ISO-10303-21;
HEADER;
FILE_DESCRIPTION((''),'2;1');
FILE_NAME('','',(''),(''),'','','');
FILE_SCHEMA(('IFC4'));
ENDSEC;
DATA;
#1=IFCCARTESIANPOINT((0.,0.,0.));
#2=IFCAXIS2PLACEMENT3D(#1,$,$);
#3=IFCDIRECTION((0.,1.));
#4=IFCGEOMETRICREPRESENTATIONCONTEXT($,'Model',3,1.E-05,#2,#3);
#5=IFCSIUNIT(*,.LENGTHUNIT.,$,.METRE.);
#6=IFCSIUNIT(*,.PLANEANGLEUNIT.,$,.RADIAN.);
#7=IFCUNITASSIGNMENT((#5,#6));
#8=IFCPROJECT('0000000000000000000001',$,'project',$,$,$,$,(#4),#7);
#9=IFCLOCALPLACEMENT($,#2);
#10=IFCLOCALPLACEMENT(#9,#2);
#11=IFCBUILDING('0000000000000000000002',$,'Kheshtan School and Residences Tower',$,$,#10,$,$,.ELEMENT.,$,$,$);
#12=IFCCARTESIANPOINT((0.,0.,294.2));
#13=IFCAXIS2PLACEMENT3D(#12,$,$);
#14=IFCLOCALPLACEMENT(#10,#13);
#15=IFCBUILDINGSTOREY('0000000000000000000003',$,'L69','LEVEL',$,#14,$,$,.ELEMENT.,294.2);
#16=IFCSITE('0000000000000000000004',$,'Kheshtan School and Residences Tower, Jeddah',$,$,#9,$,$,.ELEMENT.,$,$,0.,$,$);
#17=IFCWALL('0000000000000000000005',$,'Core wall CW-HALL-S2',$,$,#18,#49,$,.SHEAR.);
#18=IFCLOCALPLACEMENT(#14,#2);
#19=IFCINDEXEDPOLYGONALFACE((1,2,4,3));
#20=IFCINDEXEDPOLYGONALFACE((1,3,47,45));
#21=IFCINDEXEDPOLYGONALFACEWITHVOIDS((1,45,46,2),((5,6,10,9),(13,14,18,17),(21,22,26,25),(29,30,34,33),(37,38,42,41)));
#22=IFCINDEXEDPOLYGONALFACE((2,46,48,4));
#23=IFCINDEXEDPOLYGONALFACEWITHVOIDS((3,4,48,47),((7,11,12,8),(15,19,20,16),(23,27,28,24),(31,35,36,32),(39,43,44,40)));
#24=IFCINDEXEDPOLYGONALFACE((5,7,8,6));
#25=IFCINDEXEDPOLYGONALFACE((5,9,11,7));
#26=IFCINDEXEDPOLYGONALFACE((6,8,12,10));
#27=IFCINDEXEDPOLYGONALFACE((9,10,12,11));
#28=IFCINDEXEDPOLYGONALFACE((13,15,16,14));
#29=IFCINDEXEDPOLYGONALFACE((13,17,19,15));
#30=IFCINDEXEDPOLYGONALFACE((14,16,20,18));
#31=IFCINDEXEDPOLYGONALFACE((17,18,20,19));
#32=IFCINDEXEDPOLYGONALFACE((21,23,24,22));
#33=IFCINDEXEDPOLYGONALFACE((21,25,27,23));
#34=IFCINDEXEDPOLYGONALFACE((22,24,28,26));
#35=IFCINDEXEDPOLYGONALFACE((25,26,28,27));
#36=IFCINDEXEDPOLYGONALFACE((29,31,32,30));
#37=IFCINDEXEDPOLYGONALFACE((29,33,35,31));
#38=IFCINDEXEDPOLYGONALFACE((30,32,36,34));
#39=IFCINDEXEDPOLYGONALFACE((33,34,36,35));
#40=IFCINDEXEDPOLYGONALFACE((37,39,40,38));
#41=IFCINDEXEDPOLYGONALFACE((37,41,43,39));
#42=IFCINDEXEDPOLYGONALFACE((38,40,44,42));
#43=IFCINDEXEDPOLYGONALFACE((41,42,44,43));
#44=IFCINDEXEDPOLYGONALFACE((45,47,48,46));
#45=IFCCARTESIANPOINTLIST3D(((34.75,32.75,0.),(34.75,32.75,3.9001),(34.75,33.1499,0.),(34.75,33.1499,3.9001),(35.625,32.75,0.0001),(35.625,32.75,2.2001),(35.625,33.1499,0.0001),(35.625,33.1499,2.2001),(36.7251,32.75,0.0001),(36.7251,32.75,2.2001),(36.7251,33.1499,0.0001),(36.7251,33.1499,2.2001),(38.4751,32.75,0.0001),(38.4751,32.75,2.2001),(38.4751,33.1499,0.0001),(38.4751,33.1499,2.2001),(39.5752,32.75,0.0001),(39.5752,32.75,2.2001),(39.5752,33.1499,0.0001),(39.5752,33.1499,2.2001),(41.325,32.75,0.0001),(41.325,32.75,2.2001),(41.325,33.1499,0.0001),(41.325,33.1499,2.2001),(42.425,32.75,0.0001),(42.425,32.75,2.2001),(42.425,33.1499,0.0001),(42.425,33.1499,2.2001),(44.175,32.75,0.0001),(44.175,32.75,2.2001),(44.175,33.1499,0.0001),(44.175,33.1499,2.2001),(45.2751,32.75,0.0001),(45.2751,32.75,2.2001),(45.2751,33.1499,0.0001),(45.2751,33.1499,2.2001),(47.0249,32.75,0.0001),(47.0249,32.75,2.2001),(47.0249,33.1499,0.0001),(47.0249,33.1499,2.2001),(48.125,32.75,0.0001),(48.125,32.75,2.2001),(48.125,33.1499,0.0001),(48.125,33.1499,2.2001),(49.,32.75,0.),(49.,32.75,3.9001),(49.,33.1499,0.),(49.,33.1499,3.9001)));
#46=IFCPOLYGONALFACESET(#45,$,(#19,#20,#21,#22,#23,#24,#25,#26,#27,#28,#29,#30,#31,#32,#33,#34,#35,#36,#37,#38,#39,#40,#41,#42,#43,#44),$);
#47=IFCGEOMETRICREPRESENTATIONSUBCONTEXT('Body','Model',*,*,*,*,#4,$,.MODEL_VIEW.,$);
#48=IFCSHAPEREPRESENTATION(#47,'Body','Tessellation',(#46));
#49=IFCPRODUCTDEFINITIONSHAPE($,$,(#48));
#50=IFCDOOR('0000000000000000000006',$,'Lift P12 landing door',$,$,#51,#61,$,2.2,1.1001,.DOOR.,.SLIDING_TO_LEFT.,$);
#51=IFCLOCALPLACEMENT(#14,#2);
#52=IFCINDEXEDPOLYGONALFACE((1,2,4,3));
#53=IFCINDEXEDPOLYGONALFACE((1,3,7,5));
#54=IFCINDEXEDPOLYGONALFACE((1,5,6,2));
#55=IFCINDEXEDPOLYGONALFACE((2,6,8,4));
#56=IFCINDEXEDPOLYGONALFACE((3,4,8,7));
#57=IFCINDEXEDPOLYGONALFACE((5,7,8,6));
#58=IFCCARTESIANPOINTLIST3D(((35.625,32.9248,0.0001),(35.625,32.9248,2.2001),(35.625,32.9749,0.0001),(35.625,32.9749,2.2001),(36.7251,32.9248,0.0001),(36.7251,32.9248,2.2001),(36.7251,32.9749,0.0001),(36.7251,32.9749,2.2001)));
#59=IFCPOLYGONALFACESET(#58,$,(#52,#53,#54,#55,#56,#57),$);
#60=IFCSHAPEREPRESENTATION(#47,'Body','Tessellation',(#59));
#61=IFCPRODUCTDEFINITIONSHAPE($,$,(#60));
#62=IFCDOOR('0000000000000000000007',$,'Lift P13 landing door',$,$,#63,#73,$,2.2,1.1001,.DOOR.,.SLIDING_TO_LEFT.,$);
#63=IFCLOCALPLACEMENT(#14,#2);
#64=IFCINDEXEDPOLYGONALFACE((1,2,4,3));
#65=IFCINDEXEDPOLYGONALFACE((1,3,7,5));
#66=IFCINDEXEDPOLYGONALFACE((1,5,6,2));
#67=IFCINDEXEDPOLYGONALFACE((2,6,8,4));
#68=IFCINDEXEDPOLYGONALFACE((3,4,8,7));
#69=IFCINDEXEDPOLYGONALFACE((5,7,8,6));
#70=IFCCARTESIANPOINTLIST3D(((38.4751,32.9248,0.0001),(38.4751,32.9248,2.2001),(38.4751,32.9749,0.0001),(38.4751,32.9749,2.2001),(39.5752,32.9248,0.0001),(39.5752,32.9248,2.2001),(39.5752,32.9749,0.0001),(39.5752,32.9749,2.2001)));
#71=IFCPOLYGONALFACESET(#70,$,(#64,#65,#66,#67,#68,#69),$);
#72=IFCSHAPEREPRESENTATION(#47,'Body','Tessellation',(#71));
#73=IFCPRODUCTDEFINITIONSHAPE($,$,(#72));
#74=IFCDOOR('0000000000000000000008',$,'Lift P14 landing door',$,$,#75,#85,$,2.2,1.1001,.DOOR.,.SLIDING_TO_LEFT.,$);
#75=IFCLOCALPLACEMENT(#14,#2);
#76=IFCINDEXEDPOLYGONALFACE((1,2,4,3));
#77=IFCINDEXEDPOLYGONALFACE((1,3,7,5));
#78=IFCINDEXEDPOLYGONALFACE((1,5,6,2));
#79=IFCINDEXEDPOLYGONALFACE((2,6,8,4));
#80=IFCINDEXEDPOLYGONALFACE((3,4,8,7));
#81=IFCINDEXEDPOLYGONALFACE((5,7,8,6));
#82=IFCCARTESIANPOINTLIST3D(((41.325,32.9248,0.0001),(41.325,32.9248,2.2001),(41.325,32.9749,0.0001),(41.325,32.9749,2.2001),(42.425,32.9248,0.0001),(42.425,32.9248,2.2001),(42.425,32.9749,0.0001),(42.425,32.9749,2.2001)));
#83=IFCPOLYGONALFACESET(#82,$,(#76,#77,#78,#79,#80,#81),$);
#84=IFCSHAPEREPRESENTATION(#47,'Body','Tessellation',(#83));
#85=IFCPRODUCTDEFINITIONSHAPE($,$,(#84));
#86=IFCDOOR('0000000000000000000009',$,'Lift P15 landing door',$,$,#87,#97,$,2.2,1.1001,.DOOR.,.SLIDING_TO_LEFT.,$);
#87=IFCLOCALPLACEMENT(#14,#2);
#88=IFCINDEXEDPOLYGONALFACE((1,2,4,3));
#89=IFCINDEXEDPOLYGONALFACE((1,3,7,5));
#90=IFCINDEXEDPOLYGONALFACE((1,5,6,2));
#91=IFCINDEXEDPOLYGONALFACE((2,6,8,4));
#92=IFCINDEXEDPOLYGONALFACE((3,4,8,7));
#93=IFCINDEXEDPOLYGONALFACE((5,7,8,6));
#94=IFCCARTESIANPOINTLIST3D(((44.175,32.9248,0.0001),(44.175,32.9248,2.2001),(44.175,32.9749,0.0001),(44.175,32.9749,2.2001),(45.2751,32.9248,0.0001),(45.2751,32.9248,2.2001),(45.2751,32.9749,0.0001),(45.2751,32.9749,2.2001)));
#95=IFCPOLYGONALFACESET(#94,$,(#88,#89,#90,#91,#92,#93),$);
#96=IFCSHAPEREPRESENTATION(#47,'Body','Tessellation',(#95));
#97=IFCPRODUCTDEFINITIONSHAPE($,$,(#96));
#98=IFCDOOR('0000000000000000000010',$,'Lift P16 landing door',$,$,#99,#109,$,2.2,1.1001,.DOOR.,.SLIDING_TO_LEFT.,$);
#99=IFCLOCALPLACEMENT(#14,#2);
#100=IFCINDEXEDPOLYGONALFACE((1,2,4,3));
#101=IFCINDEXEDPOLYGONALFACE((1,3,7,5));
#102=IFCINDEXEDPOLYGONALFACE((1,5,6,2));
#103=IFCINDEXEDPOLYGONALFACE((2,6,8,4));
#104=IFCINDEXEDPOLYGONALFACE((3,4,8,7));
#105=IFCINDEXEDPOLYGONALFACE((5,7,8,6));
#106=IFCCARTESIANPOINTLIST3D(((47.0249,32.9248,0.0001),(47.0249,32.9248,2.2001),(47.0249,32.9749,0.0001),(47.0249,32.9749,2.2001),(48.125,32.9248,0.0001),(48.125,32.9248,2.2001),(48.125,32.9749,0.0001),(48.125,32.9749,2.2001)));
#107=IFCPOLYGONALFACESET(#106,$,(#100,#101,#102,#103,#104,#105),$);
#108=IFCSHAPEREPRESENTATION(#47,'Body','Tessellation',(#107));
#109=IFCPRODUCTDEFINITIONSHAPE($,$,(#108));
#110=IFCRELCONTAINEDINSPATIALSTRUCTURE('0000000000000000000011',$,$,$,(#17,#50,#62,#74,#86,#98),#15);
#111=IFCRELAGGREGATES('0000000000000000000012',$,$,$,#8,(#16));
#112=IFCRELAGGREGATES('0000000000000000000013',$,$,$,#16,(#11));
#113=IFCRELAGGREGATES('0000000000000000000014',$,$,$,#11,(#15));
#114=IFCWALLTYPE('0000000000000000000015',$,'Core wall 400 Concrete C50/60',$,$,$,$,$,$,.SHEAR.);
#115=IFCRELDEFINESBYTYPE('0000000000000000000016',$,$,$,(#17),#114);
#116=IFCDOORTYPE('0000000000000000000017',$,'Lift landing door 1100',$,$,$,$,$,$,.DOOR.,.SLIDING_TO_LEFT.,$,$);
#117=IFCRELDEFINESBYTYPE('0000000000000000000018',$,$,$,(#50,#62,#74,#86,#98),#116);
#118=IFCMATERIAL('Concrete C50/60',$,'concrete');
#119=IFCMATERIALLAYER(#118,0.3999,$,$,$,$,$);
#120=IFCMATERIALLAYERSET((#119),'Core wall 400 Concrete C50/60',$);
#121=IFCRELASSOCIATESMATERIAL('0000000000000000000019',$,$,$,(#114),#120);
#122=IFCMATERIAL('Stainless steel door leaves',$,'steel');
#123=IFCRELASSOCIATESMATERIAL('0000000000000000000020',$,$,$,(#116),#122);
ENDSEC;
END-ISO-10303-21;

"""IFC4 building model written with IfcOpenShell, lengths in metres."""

from ifc_helpers import new_model, si_unit, direction, frame, frame_2d, origin, place, context, subcontext, project, spatial, rectangle, extrude, source, transform, mapped, material, layer, layer_set, type_object, element, fill, save


model = new_model("IFC4")

# Units and contexts
model_context = context("Model", 3, precision=1e-05, world=origin(), true_north=direction((0.0, 1.0)))
body_context = subcontext(model_context, "Body", "Model", "MODEL_VIEW")
ifc_project = project(units=[si_unit("LENGTHUNIT", "METRE"), si_unit("PLANEANGLEUNIT", "RADIAN")], contexts=[model_context])

# Site, building, storey
site_placement = place(None, origin())
site = spatial("IfcSite", under=ifc_project, at=site_placement, Name="Kheshtan School and Residences Tower, Jeddah", CompositionType="ELEMENT", RefElevation=0.0)
building_placement = place(site_placement, origin())
building = spatial("IfcBuilding", under=site, at=building_placement, Name="Kheshtan School and Residences Tower", CompositionType="ELEMENT")
storey_placement = place(building_placement, frame((0.0, 0.0, 294.2)))
storey = spatial("IfcBuildingStorey", under=building, at=storey_placement, Name="L69", Description="LEVEL", CompositionType="ELEMENT", Elevation=294.2)

# Wall, openings, doors
ifc_material_1 = material(Name="Concrete C50/60", Category="concrete")
ifc_layer_1 = layer(ifc_material_1, 0.3999)
ifc_layer_set_1 = layer_set([ifc_layer_1], Name="Core wall 400 Concrete C50/60")
wall_type_1 = type_object("IfcWallType", Name="Core wall 400 Concrete C50/60", PredefinedType="SHEAR", material=ifc_layer_set_1)
ifc_material_2 = material(Name="Stainless steel door leaves", Category="steel")
door_type_1 = type_object("IfcDoorType", Name="Lift landing door 1100", OperationType="SLIDING_TO_LEFT", PredefinedType="DOOR", material=ifc_material_2)
shared_shape_1 = source(origin(), body_context, "Body", "SweptSolid", [
    extrude(rectangle(XDim=1.1001, YDim=2.2, at=frame_2d((0.55, 1.1001))), frame((0.0, 0.0249, 0.0), z_axis=(0.0, -1.0, 0.0), x_axis=(1.0, 0.0, 0.0)), (0.0, 0.0, 1.0), 0.05),
])
wall_1_placement = place(storey_placement, frame((34.75, 32.95, 0.0), z_axis=(0.0, 0.0, 1.0), x_axis=(1.0, 0.0, 0.0)))
wall_1 = element("IfcWall", 1, at=wall_1_placement, inside=storey, type_object=wall_type_1, Name="Core wall CW-HALL-S2", PredefinedType="SHEAR", context=body_context, shape_type="SweptSolid", body=[
    extrude(rectangle(XDim=14.25, YDim=0.3999, at=frame_2d((7.125, 0.0))), origin(), (0.0, 0.0, 1.0), 3.9001),
])
opening_1_placement = place(wall_1_placement, frame((0.875, 0.0, 0.0)))
opening_1 = element("IfcOpeningElement", 2, at=opening_1_placement, cuts=wall_1, PredefinedType="OPENING", context=body_context, shape_type="SweptSolid", body=[
    extrude(rectangle(XDim=1.1001, YDim=2.2, at=frame_2d((0.55, 1.1001))), frame((0.0, 0.21, 0.0), z_axis=(0.0, -1.0, 0.0), x_axis=(1.0, 0.0, 0.0)), (0.0, 0.0, 1.0), 0.4199),
])
opening_2_placement = place(wall_1_placement, frame((3.7251, 0.0, 0.0)))
opening_2 = element("IfcOpeningElement", 3, at=opening_2_placement, cuts=wall_1, PredefinedType="OPENING", context=body_context, shape_type="SweptSolid", body=[
    extrude(rectangle(XDim=1.1001, YDim=2.2, at=frame_2d((0.55, 1.1001))), frame((0.0, 0.21, 0.0), z_axis=(0.0, -1.0, 0.0), x_axis=(1.0, 0.0, 0.0)), (0.0, 0.0, 1.0), 0.4199),
])
opening_3_placement = place(wall_1_placement, frame((6.575, 0.0, 0.0)))
opening_3 = element("IfcOpeningElement", 4, at=opening_3_placement, cuts=wall_1, PredefinedType="OPENING", context=body_context, shape_type="SweptSolid", body=[
    extrude(rectangle(XDim=1.1001, YDim=2.2, at=frame_2d((0.55, 1.1001))), frame((0.0, 0.21, 0.0), z_axis=(0.0, -1.0, 0.0), x_axis=(1.0, 0.0, 0.0)), (0.0, 0.0, 1.0), 0.4199),
])
opening_4_placement = place(wall_1_placement, frame((9.425, 0.0, 0.0)))
opening_4 = element("IfcOpeningElement", 5, at=opening_4_placement, cuts=wall_1, PredefinedType="OPENING", context=body_context, shape_type="SweptSolid", body=[
    extrude(rectangle(XDim=1.1001, YDim=2.2, at=frame_2d((0.55, 1.1001))), frame((0.0, 0.21, 0.0), z_axis=(0.0, -1.0, 0.0), x_axis=(1.0, 0.0, 0.0)), (0.0, 0.0, 1.0), 0.4199),
])
opening_5_placement = place(wall_1_placement, frame((12.2749, 0.0, 0.0)))
opening_5 = element("IfcOpeningElement", 6, at=opening_5_placement, cuts=wall_1, PredefinedType="OPENING", context=body_context, shape_type="SweptSolid", body=[
    extrude(rectangle(XDim=1.1001, YDim=2.2, at=frame_2d((0.55, 1.1001))), frame((0.0, 0.21, 0.0), z_axis=(0.0, -1.0, 0.0), x_axis=(1.0, 0.0, 0.0)), (0.0, 0.0, 1.0), 0.4199),
])
door_1_placement = place(opening_1_placement, origin())
door_1 = element("IfcDoor", 7, at=door_1_placement, inside=storey, type_object=door_type_1, Name="Lift P12 landing door", OperationType="SLIDING_TO_LEFT", OverallHeight=2.2, OverallWidth=1.1001, PredefinedType="DOOR", context=body_context, shape_type="MappedRepresentation", body=[
    mapped(shared_shape_1, transform((0.0, 0.0, 0.0), x_axis=(1.0, 0.0, 0.0), y_axis=(0.0, 1.0, 0.0), z_axis=(0.0, 0.0, 1.0), scale=1.0)),
])
fill(opening_1, door_1)
door_2_placement = place(opening_2_placement, origin())
door_2 = element("IfcDoor", 8, at=door_2_placement, inside=storey, type_object=door_type_1, Name="Lift P13 landing door", OperationType="SLIDING_TO_LEFT", OverallHeight=2.2, OverallWidth=1.1001, PredefinedType="DOOR", context=body_context, shape_type="MappedRepresentation", body=[
    mapped(shared_shape_1, transform((0.0, 0.0, 0.0), x_axis=(1.0, 0.0, 0.0), y_axis=(0.0, 1.0, 0.0), z_axis=(0.0, 0.0, 1.0), scale=1.0)),
])
fill(opening_2, door_2)
door_3_placement = place(opening_3_placement, origin())
door_3 = element("IfcDoor", 9, at=door_3_placement, inside=storey, type_object=door_type_1, Name="Lift P14 landing door", OperationType="SLIDING_TO_LEFT", OverallHeight=2.2, OverallWidth=1.1001, PredefinedType="DOOR", context=body_context, shape_type="MappedRepresentation", body=[
    mapped(shared_shape_1, transform((0.0, 0.0, 0.0), x_axis=(1.0, 0.0, 0.0), y_axis=(0.0, 1.0, 0.0), z_axis=(0.0, 0.0, 1.0), scale=1.0)),
])
fill(opening_3, door_3)
door_4_placement = place(opening_4_placement, origin())
door_4 = element("IfcDoor", 10, at=door_4_placement, inside=storey, type_object=door_type_1, Name="Lift P15 landing door", OperationType="SLIDING_TO_LEFT", OverallHeight=2.2, OverallWidth=1.1001, PredefinedType="DOOR", context=body_context, shape_type="MappedRepresentation", body=[
    mapped(shared_shape_1, transform((0.0, 0.0, 0.0), x_axis=(1.0, 0.0, 0.0), y_axis=(0.0, 1.0, 0.0), z_axis=(0.0, 0.0, 1.0), scale=1.0)),
])
fill(opening_4, door_4)
door_5_placement = place(opening_5_placement, origin())
door_5 = element("IfcDoor", 11, at=door_5_placement, inside=storey, type_object=door_type_1, Name="Lift P16 landing door", OperationType="SLIDING_TO_LEFT", OverallHeight=2.2, OverallWidth=1.1001, PredefinedType="DOOR", context=body_context, shape_type="MappedRepresentation", body=[
    mapped(shared_shape_1, transform((0.0, 0.0, 0.0), x_axis=(1.0, 0.0, 0.0), y_axis=(0.0, 1.0, 0.0), z_axis=(0.0, 0.0, 1.0), scale=1.0)),
])
fill(opening_5, door_5)

save(model, "model.ifc")
